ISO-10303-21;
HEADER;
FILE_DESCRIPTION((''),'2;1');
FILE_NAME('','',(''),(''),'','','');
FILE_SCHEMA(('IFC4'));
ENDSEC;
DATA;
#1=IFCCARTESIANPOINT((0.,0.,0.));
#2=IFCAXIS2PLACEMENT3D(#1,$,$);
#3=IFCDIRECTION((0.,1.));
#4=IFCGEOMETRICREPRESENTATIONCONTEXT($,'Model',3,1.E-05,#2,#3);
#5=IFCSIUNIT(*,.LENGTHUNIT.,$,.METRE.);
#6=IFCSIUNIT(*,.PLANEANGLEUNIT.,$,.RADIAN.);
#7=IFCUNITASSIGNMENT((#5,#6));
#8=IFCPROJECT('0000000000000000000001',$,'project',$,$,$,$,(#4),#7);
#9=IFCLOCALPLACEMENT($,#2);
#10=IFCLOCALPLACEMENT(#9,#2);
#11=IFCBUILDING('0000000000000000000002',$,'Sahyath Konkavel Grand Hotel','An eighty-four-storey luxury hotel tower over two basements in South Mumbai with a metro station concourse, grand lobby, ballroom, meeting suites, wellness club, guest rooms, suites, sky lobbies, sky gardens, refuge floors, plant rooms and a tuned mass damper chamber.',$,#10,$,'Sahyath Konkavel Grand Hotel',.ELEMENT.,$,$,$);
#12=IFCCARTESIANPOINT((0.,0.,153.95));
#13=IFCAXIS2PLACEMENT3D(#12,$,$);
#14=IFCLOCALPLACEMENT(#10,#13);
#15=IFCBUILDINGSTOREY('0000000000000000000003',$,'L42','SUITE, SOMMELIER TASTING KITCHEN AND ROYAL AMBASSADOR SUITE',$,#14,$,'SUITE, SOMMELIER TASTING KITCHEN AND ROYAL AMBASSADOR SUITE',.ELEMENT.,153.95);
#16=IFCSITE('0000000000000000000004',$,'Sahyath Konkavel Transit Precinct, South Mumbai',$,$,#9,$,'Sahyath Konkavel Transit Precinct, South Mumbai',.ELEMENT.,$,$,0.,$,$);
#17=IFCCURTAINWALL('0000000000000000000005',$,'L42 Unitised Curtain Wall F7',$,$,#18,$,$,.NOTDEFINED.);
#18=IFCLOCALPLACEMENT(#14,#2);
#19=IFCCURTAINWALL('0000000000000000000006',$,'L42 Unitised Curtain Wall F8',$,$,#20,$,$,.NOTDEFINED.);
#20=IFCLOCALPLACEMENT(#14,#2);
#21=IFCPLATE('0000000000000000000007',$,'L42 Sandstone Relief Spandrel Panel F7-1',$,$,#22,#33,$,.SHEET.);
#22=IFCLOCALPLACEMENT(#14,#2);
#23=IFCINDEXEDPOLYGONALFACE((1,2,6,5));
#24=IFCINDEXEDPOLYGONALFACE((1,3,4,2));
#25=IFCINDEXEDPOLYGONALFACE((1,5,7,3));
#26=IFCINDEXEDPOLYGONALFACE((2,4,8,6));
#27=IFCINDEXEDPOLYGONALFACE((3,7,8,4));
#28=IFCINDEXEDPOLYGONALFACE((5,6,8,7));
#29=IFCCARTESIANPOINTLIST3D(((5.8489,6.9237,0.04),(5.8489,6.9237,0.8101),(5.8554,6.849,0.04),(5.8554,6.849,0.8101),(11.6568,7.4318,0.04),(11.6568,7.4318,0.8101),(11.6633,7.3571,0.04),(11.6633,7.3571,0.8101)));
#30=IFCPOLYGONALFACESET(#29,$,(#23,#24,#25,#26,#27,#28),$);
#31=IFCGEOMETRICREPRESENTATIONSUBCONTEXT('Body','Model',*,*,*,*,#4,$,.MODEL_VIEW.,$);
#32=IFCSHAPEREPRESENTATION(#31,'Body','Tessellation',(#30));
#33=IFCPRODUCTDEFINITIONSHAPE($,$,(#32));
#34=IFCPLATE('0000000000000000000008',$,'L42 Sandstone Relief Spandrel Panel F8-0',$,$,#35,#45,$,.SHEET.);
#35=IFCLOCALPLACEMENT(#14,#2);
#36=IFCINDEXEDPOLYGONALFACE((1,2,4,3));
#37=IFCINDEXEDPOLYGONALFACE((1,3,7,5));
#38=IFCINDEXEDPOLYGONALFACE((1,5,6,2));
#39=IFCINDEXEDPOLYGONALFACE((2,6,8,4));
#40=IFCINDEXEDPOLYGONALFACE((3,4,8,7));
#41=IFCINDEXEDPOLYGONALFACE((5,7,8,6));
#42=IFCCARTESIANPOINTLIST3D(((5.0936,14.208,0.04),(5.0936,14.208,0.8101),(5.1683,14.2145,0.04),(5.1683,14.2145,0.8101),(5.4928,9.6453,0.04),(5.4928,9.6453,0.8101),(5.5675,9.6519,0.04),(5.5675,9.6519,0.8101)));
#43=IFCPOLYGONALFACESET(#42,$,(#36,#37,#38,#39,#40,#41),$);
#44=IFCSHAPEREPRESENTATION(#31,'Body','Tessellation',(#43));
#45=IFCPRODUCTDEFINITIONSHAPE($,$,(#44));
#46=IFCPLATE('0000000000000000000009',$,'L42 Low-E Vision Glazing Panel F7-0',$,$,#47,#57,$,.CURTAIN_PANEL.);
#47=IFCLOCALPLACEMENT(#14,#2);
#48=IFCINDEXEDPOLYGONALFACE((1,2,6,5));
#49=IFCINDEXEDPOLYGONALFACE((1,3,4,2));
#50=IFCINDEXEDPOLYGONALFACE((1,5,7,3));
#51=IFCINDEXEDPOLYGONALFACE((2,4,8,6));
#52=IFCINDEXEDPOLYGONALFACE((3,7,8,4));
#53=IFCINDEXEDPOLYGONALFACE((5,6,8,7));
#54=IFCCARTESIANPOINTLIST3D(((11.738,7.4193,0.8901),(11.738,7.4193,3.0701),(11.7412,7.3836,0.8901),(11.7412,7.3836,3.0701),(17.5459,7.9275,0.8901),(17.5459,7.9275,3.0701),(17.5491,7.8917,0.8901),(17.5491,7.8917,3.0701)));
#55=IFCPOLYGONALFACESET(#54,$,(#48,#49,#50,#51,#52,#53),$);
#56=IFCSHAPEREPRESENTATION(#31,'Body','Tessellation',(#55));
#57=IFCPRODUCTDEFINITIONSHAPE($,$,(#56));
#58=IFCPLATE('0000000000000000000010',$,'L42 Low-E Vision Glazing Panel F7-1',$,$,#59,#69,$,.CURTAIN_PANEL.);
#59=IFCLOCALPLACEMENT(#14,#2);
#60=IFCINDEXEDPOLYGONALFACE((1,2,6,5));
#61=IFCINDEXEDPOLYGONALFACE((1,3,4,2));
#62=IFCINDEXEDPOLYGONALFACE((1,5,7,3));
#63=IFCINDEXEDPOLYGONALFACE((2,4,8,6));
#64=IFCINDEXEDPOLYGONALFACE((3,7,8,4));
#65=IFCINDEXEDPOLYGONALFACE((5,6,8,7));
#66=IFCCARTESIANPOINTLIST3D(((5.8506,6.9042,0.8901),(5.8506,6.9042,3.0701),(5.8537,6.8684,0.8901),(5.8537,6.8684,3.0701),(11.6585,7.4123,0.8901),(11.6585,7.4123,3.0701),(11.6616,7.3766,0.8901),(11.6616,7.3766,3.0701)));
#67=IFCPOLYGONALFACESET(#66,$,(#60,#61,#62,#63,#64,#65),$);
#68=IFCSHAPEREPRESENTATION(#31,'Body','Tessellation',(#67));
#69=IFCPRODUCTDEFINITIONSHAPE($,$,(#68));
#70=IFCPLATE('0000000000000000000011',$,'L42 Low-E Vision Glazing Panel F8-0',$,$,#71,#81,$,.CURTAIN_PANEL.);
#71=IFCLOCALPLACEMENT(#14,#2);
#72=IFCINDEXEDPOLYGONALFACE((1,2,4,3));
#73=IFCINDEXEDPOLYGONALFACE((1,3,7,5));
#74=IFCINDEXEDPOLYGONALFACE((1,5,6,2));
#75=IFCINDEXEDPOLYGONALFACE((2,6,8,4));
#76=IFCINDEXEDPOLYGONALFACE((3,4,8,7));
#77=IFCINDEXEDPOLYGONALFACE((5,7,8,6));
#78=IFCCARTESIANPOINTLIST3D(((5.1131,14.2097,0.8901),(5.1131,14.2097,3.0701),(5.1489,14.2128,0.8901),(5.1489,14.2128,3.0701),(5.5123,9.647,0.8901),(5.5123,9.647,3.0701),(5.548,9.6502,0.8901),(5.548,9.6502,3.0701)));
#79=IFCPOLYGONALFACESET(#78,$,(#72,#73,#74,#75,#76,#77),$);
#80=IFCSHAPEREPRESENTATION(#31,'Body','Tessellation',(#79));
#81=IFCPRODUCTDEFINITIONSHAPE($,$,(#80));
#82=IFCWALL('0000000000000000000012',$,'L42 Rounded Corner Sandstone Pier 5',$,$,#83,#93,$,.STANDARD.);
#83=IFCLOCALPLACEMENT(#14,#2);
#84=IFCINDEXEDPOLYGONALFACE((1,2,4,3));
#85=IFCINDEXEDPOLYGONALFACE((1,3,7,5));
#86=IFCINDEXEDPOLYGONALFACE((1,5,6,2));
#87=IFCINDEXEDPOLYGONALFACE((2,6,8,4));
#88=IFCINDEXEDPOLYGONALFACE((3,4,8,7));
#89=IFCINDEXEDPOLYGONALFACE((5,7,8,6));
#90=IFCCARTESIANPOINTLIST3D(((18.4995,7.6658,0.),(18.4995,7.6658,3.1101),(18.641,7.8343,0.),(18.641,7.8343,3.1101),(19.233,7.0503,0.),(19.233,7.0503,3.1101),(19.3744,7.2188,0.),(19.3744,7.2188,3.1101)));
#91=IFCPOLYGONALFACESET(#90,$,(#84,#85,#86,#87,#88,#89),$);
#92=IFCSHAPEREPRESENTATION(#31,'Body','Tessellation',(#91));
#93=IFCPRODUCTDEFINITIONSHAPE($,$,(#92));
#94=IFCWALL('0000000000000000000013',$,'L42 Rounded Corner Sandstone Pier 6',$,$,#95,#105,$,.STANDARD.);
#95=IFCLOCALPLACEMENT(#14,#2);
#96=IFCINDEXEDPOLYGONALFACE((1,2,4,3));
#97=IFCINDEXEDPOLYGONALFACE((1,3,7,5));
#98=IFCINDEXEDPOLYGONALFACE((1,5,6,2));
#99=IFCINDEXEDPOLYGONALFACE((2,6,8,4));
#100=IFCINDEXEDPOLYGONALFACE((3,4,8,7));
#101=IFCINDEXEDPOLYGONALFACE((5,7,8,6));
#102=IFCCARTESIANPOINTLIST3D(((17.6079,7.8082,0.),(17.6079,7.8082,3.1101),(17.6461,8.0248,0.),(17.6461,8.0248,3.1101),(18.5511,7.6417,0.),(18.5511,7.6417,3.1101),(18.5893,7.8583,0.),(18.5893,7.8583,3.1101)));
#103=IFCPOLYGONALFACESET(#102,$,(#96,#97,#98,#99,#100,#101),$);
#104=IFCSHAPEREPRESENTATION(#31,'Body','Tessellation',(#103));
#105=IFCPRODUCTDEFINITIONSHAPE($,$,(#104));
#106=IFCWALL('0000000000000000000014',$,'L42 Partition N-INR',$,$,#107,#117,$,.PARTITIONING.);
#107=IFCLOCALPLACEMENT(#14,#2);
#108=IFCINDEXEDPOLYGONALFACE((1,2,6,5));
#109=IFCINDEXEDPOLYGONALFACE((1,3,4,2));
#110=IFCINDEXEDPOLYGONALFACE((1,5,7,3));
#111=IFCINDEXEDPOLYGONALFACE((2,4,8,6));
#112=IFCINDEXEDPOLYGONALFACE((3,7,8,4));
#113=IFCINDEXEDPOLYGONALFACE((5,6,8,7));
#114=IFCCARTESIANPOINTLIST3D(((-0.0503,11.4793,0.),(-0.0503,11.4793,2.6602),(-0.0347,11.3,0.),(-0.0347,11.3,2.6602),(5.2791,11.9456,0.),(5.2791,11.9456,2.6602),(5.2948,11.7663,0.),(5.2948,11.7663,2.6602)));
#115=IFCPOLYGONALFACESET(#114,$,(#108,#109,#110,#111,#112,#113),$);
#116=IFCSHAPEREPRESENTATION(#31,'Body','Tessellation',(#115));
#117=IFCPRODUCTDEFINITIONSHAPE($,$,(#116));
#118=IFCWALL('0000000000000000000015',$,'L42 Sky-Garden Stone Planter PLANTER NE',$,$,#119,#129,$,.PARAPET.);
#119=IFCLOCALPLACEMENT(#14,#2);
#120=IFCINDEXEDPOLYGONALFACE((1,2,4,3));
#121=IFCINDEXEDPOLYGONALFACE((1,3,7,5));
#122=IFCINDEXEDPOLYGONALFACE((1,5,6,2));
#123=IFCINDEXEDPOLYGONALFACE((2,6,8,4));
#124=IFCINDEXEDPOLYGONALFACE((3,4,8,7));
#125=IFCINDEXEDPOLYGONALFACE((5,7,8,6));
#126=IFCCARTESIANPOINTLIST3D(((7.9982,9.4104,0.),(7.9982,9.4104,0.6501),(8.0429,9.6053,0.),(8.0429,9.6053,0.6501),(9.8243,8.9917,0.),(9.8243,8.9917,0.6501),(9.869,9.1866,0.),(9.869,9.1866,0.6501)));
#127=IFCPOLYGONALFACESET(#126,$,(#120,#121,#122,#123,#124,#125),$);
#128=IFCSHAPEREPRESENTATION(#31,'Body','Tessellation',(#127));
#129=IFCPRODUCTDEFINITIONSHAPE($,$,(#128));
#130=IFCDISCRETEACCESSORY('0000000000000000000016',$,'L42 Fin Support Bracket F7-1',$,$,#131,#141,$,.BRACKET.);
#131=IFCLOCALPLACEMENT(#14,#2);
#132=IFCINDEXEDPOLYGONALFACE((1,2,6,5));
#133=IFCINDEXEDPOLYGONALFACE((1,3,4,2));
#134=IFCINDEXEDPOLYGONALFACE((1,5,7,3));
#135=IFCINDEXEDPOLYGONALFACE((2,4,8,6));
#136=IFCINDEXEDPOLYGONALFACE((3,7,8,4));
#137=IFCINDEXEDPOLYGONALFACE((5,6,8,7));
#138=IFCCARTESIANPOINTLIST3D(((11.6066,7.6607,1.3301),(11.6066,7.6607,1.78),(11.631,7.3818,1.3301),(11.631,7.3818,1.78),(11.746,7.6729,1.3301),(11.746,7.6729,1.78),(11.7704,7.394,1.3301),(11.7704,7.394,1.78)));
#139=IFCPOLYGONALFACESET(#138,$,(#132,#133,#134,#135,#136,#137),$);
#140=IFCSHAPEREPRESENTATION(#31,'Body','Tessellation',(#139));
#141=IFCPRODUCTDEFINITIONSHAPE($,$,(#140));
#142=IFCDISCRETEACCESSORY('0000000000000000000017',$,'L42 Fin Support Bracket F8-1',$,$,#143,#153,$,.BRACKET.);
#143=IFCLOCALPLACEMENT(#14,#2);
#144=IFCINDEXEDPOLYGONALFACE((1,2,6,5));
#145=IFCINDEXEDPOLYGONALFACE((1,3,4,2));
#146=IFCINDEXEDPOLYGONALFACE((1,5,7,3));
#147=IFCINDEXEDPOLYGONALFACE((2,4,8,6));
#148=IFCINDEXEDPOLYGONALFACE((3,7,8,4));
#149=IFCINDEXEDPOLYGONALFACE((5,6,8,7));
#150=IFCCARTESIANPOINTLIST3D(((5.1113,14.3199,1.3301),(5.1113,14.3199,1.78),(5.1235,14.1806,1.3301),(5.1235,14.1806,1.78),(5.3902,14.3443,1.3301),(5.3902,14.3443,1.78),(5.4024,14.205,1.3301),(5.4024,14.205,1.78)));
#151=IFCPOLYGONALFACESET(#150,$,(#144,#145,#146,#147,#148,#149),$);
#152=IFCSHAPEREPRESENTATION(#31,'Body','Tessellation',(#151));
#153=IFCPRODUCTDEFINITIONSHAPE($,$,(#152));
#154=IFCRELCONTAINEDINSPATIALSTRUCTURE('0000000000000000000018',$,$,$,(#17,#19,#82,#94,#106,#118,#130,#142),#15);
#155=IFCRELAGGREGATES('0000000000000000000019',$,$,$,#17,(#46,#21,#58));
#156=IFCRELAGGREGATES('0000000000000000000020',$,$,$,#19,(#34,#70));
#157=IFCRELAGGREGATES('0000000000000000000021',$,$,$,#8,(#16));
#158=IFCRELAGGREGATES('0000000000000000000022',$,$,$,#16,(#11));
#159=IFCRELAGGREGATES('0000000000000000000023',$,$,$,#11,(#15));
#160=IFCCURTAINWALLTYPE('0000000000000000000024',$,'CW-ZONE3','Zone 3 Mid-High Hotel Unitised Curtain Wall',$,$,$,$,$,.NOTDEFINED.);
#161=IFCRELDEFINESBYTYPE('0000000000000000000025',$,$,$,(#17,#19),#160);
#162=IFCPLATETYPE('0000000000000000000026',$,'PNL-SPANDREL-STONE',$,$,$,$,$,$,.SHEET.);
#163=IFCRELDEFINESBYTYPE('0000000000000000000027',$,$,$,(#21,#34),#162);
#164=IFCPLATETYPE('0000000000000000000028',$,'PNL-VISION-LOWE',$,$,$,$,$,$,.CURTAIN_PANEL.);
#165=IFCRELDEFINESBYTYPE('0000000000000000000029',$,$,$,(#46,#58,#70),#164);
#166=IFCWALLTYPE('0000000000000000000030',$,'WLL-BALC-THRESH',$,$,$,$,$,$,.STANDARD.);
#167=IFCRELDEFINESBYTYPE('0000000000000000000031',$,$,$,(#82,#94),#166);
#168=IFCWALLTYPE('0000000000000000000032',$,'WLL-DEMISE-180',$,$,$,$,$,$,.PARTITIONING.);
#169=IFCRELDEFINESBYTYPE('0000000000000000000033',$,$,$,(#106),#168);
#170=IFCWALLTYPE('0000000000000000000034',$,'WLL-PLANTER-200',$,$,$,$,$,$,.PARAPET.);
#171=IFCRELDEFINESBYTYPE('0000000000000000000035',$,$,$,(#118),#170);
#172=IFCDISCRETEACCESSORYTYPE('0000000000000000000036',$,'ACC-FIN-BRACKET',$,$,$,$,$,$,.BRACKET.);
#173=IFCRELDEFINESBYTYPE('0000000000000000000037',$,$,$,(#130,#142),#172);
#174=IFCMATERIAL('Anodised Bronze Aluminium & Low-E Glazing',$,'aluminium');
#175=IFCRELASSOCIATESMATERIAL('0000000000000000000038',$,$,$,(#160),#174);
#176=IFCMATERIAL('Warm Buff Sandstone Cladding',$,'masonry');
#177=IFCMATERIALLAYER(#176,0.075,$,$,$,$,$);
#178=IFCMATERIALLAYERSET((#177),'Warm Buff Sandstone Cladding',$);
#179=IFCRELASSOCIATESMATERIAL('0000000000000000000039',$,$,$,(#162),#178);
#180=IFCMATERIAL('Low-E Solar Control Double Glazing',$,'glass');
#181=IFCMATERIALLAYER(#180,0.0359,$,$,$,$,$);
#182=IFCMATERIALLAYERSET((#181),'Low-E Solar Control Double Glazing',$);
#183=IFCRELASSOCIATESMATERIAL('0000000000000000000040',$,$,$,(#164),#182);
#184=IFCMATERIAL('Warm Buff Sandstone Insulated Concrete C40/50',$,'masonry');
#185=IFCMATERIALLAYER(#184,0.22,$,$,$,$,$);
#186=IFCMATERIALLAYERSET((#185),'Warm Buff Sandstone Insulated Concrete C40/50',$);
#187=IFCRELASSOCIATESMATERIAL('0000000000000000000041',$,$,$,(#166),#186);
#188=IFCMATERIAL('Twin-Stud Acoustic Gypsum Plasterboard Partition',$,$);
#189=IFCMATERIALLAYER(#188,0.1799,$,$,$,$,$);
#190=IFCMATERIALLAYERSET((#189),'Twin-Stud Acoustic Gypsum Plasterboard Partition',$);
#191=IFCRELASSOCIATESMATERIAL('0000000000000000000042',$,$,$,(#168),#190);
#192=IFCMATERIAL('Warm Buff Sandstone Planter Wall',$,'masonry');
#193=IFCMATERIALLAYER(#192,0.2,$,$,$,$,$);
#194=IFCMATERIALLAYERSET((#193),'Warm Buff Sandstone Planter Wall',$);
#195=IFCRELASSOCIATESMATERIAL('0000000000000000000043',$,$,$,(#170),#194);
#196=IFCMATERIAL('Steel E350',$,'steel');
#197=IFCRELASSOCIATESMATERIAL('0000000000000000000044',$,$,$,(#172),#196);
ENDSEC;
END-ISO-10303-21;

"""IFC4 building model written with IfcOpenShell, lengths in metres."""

from ifc_helpers import new_model, si_unit, direction, frame, frame_2d, origin, origin_2d, place, context, subcontext, project, spatial, rectangle, extrude, source, transform, mapped, material, layer, layer_set, type_object, element, aggregate, save


model = new_model("IFC4")

# Units and contexts
model_context = context("Model", 3, precision=1e-05, world=origin(), true_north=direction((0.0, 1.0)))
body_context = subcontext(model_context, "Body", "Model", "MODEL_VIEW")
ifc_project = project(units=[si_unit("LENGTHUNIT", "METRE"), si_unit("PLANEANGLEUNIT", "RADIAN")], contexts=[model_context])

# Site, building, storey
site_placement = place(None, origin())
site = spatial("IfcSite", under=ifc_project, at=site_placement, Name="Sahyath Konkavel Transit Precinct, South Mumbai", LongName="Sahyath Konkavel Transit Precinct, South Mumbai", CompositionType="ELEMENT", RefElevation=0.0)
building_placement = place(site_placement, origin())
building = spatial("IfcBuilding", under=site, at=building_placement, Name="Sahyath Konkavel Grand Hotel", Description="An eighty-four-storey luxury hotel tower over two basements in South Mumbai with a metro station concourse, grand lobby, ballroom, meeting suites, wellness club, guest rooms, suites, sky lobbies, sky gardens, refuge floors, plant rooms and a tuned mass damper chamber.", LongName="Sahyath Konkavel Grand Hotel", CompositionType="ELEMENT")
storey_placement = place(building_placement, frame((0.0, 0.0, 153.95)))
storey = spatial("IfcBuildingStorey", under=building, at=storey_placement, Name="L42", Description="SUITE, SOMMELIER TASTING KITCHEN AND ROYAL AMBASSADOR SUITE", LongName="SUITE, SOMMELIER TASTING KITCHEN AND ROYAL AMBASSADOR SUITE", CompositionType="ELEMENT", Elevation=153.95)

# Curtain walls
ifc_material_1 = material(Name="Anodised Bronze Aluminium & Low-E Glazing", Category="aluminium")
curtain_wall_type = type_object("IfcCurtainWallType", Name="CW-ZONE3", Description="Zone 3 Mid-High Hotel Unitised Curtain Wall", PredefinedType="NOTDEFINED", material=ifc_material_1)
curtain_wall_1_placement = place(storey_placement, origin())
curtain_wall_1 = element("IfcCurtainWall", 1, at=curtain_wall_1_placement, inside=storey, type_object=curtain_wall_type, Name="L42 Unitised Curtain Wall F7", PredefinedType="NOTDEFINED")
curtain_wall_2_placement = place(storey_placement, origin())
curtain_wall_2 = element("IfcCurtainWall", 2, at=curtain_wall_2_placement, inside=storey, type_object=curtain_wall_type, Name="L42 Unitised Curtain Wall F8", PredefinedType="NOTDEFINED")

# Plates
ifc_material_2 = material(Name="Warm Buff Sandstone Cladding", Category="masonry")
ifc_layer_1 = layer(ifc_material_2, 0.075)
ifc_layer_set_1 = layer_set([ifc_layer_1], Name="Warm Buff Sandstone Cladding")
plate_type_1 = type_object("IfcPlateType", Name="PNL-SPANDREL-STONE", PredefinedType="SHEET", material=ifc_layer_set_1)
shared_shape_1 = source(origin(), body_context, "Body", "SweptSolid", [
    extrude(rectangle(XDim=5.8301, YDim=0.075, at=origin_2d()), origin(), (0.0, 0.0, 1.0), 0.77),
])
plate_1_placement = place(storey_placement, frame((8.7561, 7.1404, 0.04), z_axis=(0.0, 0.0, 1.0), x_axis=(-0.996195, -0.087156, 0.0)))
plate_1 = element("IfcPlate", 3, at=plate_1_placement, type_object=plate_type_1, Name="L42 Sandstone Relief Spandrel Panel F7-1", PredefinedType="SHEET", context=body_context, shape_type="MappedRepresentation", body=[
    mapped(shared_shape_1, transform((0.0, 0.0, 0.0), scale=1.0)),
])
shared_shape_2 = source(origin(), body_context, "Body", "SweptSolid", [
    extrude(rectangle(XDim=4.5801, YDim=0.075, at=origin_2d()), origin(), (0.0, 0.0, 1.0), 0.77),
])
plate_2_placement = place(storey_placement, frame((5.3306, 11.9299, 0.04), z_axis=(0.0, 0.0, 1.0), x_axis=(-0.087156, 0.996195, 0.0)))
plate_2 = element("IfcPlate", 4, at=plate_2_placement, type_object=plate_type_1, Name="L42 Sandstone Relief Spandrel Panel F8-0", PredefinedType="SHEET", context=body_context, shape_type="MappedRepresentation", body=[
    mapped(shared_shape_2, transform((0.0, 0.0, 0.0), scale=1.0)),
])
ifc_material_3 = material(Name="Low-E Solar Control Double Glazing", Category="glass")
ifc_layer_2 = layer(ifc_material_3, 0.0359)
ifc_layer_set_2 = layer_set([ifc_layer_2], Name="Low-E Solar Control Double Glazing")
plate_type_2 = type_object("IfcPlateType", Name="PNL-VISION-LOWE", PredefinedType="CURTAIN_PANEL", material=ifc_layer_set_2)
shared_shape_3 = source(origin(), body_context, "Body", "SweptSolid", [
    extrude(rectangle(XDim=5.8301, YDim=0.0359, at=origin_2d()), origin(), (0.0, 0.0, 1.0), 2.1799),
])
plate_3_placement = place(storey_placement, frame((14.6436, 7.6555, 0.8901), z_axis=(0.0, 0.0, 1.0), x_axis=(-0.996195, -0.087156, 0.0)))
plate_3 = element("IfcPlate", 5, at=plate_3_placement, type_object=plate_type_2, Name="L42 Low-E Vision Glazing Panel F7-0", PredefinedType="CURTAIN_PANEL", context=body_context, shape_type="MappedRepresentation", body=[
    mapped(shared_shape_3, transform((0.0, 0.0, 0.0), scale=1.0)),
])
plate_4_placement = place(storey_placement, frame((8.7561, 7.1404, 0.8901), z_axis=(0.0, 0.0, 1.0), x_axis=(-0.996195, -0.087156, 0.0)))
plate_4 = element("IfcPlate", 6, at=plate_4_placement, type_object=plate_type_2, Name="L42 Low-E Vision Glazing Panel F7-1", PredefinedType="CURTAIN_PANEL", context=body_context, shape_type="MappedRepresentation", body=[
    mapped(shared_shape_3, transform((0.0, 0.0, 0.0), scale=1.0)),
])
aggregate(curtain_wall_1, [plate_3, plate_1, plate_4])
shared_shape_4 = source(origin(), body_context, "Body", "SweptSolid", [
    extrude(rectangle(XDim=4.5801, YDim=0.0359, at=origin_2d()), origin(), (0.0, 0.0, 1.0), 2.1799),
])
plate_5_placement = place(storey_placement, frame((5.3306, 11.9299, 0.8901), z_axis=(0.0, 0.0, 1.0), x_axis=(-0.087156, 0.996195, 0.0)))
plate_5 = element("IfcPlate", 7, at=plate_5_placement, type_object=plate_type_2, Name="L42 Low-E Vision Glazing Panel F8-0", PredefinedType="CURTAIN_PANEL", context=body_context, shape_type="MappedRepresentation", body=[
    mapped(shared_shape_4, transform((0.0, 0.0, 0.0), scale=1.0)),
])
aggregate(curtain_wall_2, [plate_2, plate_5])

# Walls
ifc_material_4 = material(Name="Warm Buff Sandstone Insulated Concrete C40/50", Category="masonry")
ifc_layer_3 = layer(ifc_material_4, 0.22)
ifc_layer_set_3 = layer_set([ifc_layer_3], Name="Warm Buff Sandstone Insulated Concrete C40/50")
wall_type_1 = type_object("IfcWallType", Name="WLL-BALC-THRESH", PredefinedType="STANDARD", material=ifc_layer_set_3)
wall_1_placement = place(storey_placement, frame((19.3037, 7.1345, 0.0), z_axis=(0.0, 0.0, 1.0), x_axis=(-0.766001, 0.642839, 0.0)))
element("IfcWall", 8, at=wall_1_placement, inside=storey, type_object=wall_type_1, Name="L42 Rounded Corner Sandstone Pier 5", PredefinedType="STANDARD", context=body_context, shape_type="SweptSolid", body=[
    extrude(rectangle(XDim=0.9575, YDim=0.22, at=frame_2d((0.4788, 0.0))), origin(), (0.0, 0.0, 1.0), 3.1101),
])
wall_2_placement = place(storey_placement, frame((18.5703, 7.75, 0.0), z_axis=(0.0, 0.0, 1.0), x_axis=(-0.984771, 0.173858, 0.0)))
element("IfcWall", 9, at=wall_2_placement, inside=storey, type_object=wall_type_1, Name="L42 Rounded Corner Sandstone Pier 6", PredefinedType="STANDARD", context=body_context, shape_type="SweptSolid", body=[
    extrude(rectangle(XDim=0.9578, YDim=0.22, at=frame_2d((0.479, 0.0))), origin(), (0.0, 0.0, 1.0), 3.1101),
])
ifc_material_5 = material(Name="Twin-Stud Acoustic Gypsum Plasterboard Partition")
ifc_layer_4 = layer(ifc_material_5, 0.1799)
ifc_layer_set_4 = layer_set([ifc_layer_4], Name="Twin-Stud Acoustic Gypsum Plasterboard Partition")
wall_type_2 = type_object("IfcWallType", Name="WLL-DEMISE-180", PredefinedType="PARTITIONING", material=ifc_layer_set_4)
wall_3_placement = place(storey_placement, frame((5.2869, 11.856, 0.0), z_axis=(0.0, 0.0, 1.0), x_axis=(-0.996194, -0.087161, 0.0)))
element("IfcWall", 10, at=wall_3_placement, inside=storey, type_object=wall_type_2, Name="L42 Partition N-INR", PredefinedType="PARTITIONING", context=body_context, shape_type="SweptSolid", body=[
    extrude(rectangle(XDim=5.3499, YDim=0.1799, at=frame_2d((2.6748, 0.0))), origin(), (0.0, 0.0, 1.0), 2.6602),
])
ifc_material_6 = material(Name="Warm Buff Sandstone Planter Wall", Category="masonry")
ifc_layer_5 = layer(ifc_material_6, 0.2)
ifc_layer_set_5 = layer_set([ifc_layer_5], Name="Warm Buff Sandstone Planter Wall")
wall_type_3 = type_object("IfcWallType", Name="WLL-PLANTER-200", PredefinedType="PARAPET", material=ifc_layer_set_5)
wall_4_placement = place(storey_placement, frame((9.8467, 9.0891, 0.0), z_axis=(0.0, 0.0, 1.0), x_axis=(-0.974709, 0.223479, 0.0)))
element("IfcWall", 11, at=wall_4_placement, inside=storey, type_object=wall_type_3, Name="L42 Sky-Garden Stone Planter PLANTER NE", PredefinedType="PARAPET", context=body_context, shape_type="SweptSolid", body=[
    extrude(rectangle(XDim=1.8735, YDim=0.2, at=frame_2d((0.9368, 0.0))), origin(), (0.0, 0.0, 1.0), 0.6501),
])

# Discrete accessories
ifc_material_7 = material(Name="Steel E350", Category="steel")
discrete_accessory_type = type_object("IfcDiscreteAccessoryType", Name="ACC-FIN-BRACKET", PredefinedType="BRACKET", material=ifc_material_7)
shared_shape_5 = source(origin(), body_context, "Body", "SweptSolid", [
    extrude(rectangle(XDim=0.28, YDim=0.1399, at=origin_2d()), origin(), (0.0, 0.0, 1.0), 0.45),
])
for number, where, z_axis, x_axis, name in (
    (12, (11.6885, 7.5273, 1.3301), (0.0, 0.0, 1.0), (-0.087156, 0.996195, 0.0), "L42 Fin Support Bracket F7-1"),
    (13, (5.2568, 14.2625, 1.3301), (0.0, 0.0, 1.0), (0.996195, 0.087156, 0.0), "L42 Fin Support Bracket F8-1"),
):
    element("IfcDiscreteAccessory", number, at=place(storey_placement, frame(where, z_axis=z_axis, x_axis=x_axis)), inside=storey, type_object=discrete_accessory_type, Name=name, PredefinedType="BRACKET", context=body_context, shape_type="MappedRepresentation", body=[
        mapped(shared_shape_5, transform((0.0, 0.0, 0.0), scale=1.0)),
    ])

save(model, "model.ifc")
